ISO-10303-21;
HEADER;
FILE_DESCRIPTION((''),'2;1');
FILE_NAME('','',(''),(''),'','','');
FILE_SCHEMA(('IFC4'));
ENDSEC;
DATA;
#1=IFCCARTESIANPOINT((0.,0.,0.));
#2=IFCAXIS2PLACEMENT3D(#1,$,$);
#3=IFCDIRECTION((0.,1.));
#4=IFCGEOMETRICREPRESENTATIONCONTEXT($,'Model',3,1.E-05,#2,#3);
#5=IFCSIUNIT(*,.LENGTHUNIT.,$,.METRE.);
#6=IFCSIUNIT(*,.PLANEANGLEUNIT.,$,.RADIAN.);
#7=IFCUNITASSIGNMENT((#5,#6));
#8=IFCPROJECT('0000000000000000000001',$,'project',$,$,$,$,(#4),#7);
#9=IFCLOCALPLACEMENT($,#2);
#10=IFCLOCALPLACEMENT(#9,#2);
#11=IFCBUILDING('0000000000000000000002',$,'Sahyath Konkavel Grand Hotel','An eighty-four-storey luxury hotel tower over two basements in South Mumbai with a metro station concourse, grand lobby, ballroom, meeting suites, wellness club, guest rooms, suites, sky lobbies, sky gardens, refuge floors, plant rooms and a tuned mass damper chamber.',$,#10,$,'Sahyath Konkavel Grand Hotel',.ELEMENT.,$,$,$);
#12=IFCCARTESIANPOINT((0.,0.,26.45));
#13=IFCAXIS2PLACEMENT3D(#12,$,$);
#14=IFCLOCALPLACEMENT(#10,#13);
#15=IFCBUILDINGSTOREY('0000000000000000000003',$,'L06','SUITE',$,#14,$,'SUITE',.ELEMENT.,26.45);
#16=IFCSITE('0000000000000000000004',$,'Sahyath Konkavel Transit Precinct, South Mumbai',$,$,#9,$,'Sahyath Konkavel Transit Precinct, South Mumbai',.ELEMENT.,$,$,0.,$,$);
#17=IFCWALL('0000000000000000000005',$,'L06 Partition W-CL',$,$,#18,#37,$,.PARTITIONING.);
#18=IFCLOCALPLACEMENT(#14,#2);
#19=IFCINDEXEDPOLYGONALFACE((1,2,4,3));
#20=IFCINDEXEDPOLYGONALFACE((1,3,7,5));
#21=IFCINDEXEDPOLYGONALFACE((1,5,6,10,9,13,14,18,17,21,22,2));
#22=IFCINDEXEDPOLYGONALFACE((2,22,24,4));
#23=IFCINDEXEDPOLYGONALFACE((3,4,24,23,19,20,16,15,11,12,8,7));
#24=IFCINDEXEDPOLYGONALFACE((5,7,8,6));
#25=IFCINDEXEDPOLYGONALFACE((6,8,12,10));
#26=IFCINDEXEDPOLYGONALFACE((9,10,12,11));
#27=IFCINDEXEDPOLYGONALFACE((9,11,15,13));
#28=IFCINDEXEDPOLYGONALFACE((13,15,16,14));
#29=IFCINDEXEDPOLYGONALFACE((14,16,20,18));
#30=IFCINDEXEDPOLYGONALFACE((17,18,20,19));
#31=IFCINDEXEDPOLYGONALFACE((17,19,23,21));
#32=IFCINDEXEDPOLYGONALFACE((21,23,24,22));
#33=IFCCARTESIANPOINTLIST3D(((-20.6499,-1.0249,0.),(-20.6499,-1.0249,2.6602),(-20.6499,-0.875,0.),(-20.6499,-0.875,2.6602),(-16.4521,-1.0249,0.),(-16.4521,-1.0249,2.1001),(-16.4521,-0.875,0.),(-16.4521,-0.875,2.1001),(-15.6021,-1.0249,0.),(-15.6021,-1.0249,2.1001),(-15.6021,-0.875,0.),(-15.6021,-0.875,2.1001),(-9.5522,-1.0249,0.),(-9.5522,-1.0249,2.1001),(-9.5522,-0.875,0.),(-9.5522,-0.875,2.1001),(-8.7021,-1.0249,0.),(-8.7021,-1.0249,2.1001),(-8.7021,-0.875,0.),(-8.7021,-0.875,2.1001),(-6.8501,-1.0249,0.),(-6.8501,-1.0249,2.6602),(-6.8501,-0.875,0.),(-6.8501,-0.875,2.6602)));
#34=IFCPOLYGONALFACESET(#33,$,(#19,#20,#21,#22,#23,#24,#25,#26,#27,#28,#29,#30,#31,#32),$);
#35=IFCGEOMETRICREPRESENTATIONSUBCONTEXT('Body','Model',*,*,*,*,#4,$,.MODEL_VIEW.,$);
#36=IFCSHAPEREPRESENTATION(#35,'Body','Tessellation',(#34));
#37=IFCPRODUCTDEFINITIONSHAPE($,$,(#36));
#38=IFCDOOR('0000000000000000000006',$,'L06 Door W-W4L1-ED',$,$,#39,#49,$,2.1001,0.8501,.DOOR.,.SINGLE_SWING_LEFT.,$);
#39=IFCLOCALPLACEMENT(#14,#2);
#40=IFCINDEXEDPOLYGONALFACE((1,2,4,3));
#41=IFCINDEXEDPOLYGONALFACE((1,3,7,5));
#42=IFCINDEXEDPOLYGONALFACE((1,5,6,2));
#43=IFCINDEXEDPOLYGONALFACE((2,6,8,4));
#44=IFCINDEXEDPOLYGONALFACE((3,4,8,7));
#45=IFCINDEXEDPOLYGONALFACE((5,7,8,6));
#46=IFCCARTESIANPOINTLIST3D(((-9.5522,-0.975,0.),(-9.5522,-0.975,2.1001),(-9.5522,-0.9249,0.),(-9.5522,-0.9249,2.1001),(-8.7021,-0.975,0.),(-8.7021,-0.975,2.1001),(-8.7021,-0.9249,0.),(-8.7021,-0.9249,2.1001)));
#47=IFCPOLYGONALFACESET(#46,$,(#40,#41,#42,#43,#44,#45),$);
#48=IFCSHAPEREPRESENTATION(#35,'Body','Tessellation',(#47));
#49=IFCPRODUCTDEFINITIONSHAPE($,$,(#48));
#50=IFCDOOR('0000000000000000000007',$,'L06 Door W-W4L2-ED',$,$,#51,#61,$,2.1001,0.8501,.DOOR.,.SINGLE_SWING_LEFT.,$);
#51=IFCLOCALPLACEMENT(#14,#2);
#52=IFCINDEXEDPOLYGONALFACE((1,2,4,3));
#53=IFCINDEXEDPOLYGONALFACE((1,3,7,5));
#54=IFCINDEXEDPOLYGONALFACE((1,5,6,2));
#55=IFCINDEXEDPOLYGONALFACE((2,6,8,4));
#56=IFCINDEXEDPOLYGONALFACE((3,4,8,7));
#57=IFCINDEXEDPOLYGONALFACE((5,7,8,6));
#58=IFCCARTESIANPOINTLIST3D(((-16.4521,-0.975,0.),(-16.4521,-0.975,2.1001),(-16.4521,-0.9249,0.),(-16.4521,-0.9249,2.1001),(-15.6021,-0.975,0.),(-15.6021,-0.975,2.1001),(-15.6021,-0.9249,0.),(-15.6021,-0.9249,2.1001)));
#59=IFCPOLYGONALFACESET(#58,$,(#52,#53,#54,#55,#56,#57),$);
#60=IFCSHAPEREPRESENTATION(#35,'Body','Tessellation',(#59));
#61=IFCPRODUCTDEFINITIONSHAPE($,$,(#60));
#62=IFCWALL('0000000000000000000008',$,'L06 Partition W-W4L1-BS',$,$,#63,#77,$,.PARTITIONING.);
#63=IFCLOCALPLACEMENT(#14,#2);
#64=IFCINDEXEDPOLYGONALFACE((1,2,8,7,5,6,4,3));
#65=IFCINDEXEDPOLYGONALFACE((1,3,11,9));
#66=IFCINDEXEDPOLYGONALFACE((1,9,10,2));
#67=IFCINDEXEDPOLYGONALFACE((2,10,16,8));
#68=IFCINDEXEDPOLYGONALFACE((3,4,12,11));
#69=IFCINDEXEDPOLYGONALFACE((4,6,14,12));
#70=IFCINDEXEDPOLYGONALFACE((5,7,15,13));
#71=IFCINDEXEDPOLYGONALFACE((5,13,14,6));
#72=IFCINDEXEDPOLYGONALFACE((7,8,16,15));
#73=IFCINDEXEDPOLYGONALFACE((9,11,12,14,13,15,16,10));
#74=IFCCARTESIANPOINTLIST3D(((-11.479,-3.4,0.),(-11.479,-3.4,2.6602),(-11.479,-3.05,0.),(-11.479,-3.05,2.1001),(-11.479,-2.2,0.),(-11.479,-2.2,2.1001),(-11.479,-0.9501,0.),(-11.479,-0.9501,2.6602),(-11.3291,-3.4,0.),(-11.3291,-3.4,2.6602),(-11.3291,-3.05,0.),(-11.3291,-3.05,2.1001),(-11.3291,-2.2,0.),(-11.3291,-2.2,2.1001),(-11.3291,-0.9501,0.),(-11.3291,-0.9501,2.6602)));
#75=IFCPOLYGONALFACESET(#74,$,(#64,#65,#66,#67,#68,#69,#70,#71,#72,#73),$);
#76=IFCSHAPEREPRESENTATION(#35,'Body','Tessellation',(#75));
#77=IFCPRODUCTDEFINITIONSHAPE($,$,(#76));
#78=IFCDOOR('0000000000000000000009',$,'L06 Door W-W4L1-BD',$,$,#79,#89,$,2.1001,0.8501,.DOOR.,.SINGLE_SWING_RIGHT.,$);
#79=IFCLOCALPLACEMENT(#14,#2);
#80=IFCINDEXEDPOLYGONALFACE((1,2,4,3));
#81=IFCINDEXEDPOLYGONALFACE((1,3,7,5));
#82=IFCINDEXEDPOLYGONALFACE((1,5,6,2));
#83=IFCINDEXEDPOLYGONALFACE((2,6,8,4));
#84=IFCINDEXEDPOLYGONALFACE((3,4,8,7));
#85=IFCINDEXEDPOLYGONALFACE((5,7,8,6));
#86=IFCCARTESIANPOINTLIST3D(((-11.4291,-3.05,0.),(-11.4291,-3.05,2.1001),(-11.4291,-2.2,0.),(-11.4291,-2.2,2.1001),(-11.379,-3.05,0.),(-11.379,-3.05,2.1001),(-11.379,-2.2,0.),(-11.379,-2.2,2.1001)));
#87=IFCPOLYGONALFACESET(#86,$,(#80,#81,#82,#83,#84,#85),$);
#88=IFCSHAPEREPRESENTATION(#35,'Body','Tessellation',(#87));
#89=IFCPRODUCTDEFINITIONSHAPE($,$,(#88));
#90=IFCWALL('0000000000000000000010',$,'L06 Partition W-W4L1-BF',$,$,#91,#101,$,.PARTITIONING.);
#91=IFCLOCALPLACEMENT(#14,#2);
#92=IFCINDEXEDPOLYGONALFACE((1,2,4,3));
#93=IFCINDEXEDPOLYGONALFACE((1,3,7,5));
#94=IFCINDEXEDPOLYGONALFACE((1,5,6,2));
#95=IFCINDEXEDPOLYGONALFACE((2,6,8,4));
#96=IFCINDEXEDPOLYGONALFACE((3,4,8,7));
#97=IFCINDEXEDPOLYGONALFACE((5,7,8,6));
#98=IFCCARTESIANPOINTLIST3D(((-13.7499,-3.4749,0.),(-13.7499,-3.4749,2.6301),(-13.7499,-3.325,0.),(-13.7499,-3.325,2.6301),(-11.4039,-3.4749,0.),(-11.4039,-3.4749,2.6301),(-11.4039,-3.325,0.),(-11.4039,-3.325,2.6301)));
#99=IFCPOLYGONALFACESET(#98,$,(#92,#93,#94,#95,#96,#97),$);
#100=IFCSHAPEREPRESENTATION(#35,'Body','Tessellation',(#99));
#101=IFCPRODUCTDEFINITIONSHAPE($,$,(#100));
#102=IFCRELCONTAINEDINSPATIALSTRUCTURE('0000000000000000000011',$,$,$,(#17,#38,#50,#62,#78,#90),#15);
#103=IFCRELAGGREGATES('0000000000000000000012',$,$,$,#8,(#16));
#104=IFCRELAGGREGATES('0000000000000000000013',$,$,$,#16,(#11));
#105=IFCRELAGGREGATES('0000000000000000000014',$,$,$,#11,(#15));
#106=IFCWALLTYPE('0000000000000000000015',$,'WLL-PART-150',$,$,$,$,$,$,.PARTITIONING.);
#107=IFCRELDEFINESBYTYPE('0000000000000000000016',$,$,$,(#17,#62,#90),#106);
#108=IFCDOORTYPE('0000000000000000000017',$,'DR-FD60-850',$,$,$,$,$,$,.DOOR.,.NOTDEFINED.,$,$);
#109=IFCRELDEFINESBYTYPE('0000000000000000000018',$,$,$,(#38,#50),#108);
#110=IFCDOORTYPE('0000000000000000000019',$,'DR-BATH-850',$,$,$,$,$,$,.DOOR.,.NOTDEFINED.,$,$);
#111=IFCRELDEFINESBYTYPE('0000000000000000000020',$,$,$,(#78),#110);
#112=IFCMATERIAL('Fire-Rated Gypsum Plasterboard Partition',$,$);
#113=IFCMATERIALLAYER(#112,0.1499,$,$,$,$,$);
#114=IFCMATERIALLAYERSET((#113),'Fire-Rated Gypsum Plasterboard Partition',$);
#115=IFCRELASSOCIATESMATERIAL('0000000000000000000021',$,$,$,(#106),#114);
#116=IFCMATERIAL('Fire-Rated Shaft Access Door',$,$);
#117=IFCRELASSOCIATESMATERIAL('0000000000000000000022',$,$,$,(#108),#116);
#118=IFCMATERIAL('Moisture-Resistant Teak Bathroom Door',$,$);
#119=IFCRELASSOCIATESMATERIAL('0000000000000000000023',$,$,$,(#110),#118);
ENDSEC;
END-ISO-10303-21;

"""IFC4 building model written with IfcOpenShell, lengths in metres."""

from ifc_helpers import new_model, si_unit, direction, frame, frame_2d, origin, origin_2d, place, context, subcontext, project, spatial, rectangle, extrude, source, transform, mapped, material, layer, layer_set, type_object, element, fill, save


model = new_model("IFC4")

# Units and contexts
model_context = context("Model", 3, precision=1e-05, world=origin(), true_north=direction((0.0, 1.0)))
body_context = subcontext(model_context, "Body", "Model", "MODEL_VIEW")
ifc_project = project(units=[si_unit("LENGTHUNIT", "METRE"), si_unit("PLANEANGLEUNIT", "RADIAN")], contexts=[model_context])

# Site, building, storey
site_placement = place(None, origin())
site = spatial("IfcSite", under=ifc_project, at=site_placement, Name="Sahyath Konkavel Transit Precinct, South Mumbai", LongName="Sahyath Konkavel Transit Precinct, South Mumbai", CompositionType="ELEMENT", RefElevation=0.0)
building_placement = place(site_placement, origin())
building = spatial("IfcBuilding", under=site, at=building_placement, Name="Sahyath Konkavel Grand Hotel", Description="An eighty-four-storey luxury hotel tower over two basements in South Mumbai with a metro station concourse, grand lobby, ballroom, meeting suites, wellness club, guest rooms, suites, sky lobbies, sky gardens, refuge floors, plant rooms and a tuned mass damper chamber.", LongName="Sahyath Konkavel Grand Hotel", CompositionType="ELEMENT")
storey_placement = place(building_placement, frame((0.0, 0.0, 26.45)))
storey = spatial("IfcBuildingStorey", under=building, at=storey_placement, Name="L06", Description="SUITE", LongName="SUITE", CompositionType="ELEMENT", Elevation=26.45)

# Wall, openings, doors
ifc_material_1 = material(Name="Fire-Rated Gypsum Plasterboard Partition")
ifc_layer_1 = layer(ifc_material_1, 0.1499)
ifc_layer_set_1 = layer_set([ifc_layer_1], Name="Fire-Rated Gypsum Plasterboard Partition")
wall_type_1 = type_object("IfcWallType", Name="WLL-PART-150", PredefinedType="PARTITIONING", material=ifc_layer_set_1)
wall_1_placement = place(storey_placement, frame((-6.8501, -0.95, 0.0), z_axis=(0.0, 0.0, 1.0), x_axis=(-1.0, 0.0, 0.0)))
wall_1 = element("IfcWall", 1, at=wall_1_placement, inside=storey, type_object=wall_type_1, Name="L06 Partition W-CL", PredefinedType="PARTITIONING", context=body_context, shape_type="SweptSolid", body=[
    extrude(rectangle(XDim=13.7998, YDim=0.1499, at=frame_2d((6.8999, 0.0))), origin(), (0.0, 0.0, 1.0), 2.6602),
])
opening_1_placement = place(wall_1_placement, frame((1.8521, 0.0, 0.0)))
opening_1 = element("IfcOpeningElement", 2, at=opening_1_placement, cuts=wall_1, PredefinedType="OPENING", context=body_context, shape_type="SweptSolid", body=[
    extrude(rectangle(XDim=0.8501, YDim=2.1001, at=frame_2d((0.425, 1.05))), frame((0.0, 0.085, 0.0), z_axis=(0.0, -1.0, 0.0), x_axis=(1.0, 0.0, 0.0)), (0.0, 0.0, 1.0), 0.1699),
])
opening_2_placement = place(wall_1_placement, frame((8.752, 0.0, 0.0)))
opening_2 = element("IfcOpeningElement", 3, at=opening_2_placement, cuts=wall_1, PredefinedType="OPENING", context=body_context, shape_type="SweptSolid", body=[
    extrude(rectangle(XDim=0.8501, YDim=2.1001, at=frame_2d((0.425, 1.05))), frame((0.0, 0.085, 0.0), z_axis=(0.0, -1.0, 0.0), x_axis=(1.0, 0.0, 0.0)), (0.0, 0.0, 1.0), 0.1699),
])
ifc_material_2 = material(Name="Fire-Rated Shaft Access Door")
door_type_1 = type_object("IfcDoorType", Name="DR-FD60-850", OperationType="NOTDEFINED", PredefinedType="DOOR", material=ifc_material_2)
shared_shape_1 = source(origin(), body_context, "Body", "SweptSolid", [
    extrude(rectangle(XDim=0.8501, YDim=0.05, at=origin_2d()), origin(), (0.0, 0.0, 1.0), 2.1001),
])
door_1_placement = place(opening_1_placement, frame((0.425, 0.0, 0.0)))
door_1 = element("IfcDoor", 4, at=door_1_placement, inside=storey, type_object=door_type_1, Name="L06 Door W-W4L1-ED", OperationType="SINGLE_SWING_LEFT", OverallHeight=2.1001, OverallWidth=0.8501, PredefinedType="DOOR", context=body_context, shape_type="MappedRepresentation", body=[
    mapped(shared_shape_1, transform((0.0, 0.0, 0.0), scale=1.0)),
])
fill(opening_1, door_1)
door_2_placement = place(opening_2_placement, frame((0.425, 0.0, 0.0)))
door_2 = element("IfcDoor", 5, at=door_2_placement, inside=storey, type_object=door_type_1, Name="L06 Door W-W4L2-ED", OperationType="SINGLE_SWING_LEFT", OverallHeight=2.1001, OverallWidth=0.8501, PredefinedType="DOOR", context=body_context, shape_type="MappedRepresentation", body=[
    mapped(shared_shape_1, transform((0.0, 0.0, 0.0), scale=1.0)),
])
fill(opening_2, door_2)

# Wall, opening, door
wall_2_placement = place(storey_placement, frame((-11.4041, -0.95, 0.0), z_axis=(0.0, 0.0, 1.0), x_axis=(0.0, -1.0, 0.0)))
wall_2 = element("IfcWall", 6, at=wall_2_placement, inside=storey, type_object=wall_type_1, Name="L06 Partition W-W4L1-BS", PredefinedType="PARTITIONING", context=body_context, shape_type="SweptSolid", body=[
    extrude(rectangle(XDim=2.45, YDim=0.1499, at=frame_2d((1.2251, 0.0))), origin(), (0.0, 0.0, 1.0), 2.6602),
])
opening_3_placement = place(wall_2_placement, frame((1.25, 0.0, 0.0)))
opening_3 = element("IfcOpeningElement", 7, at=opening_3_placement, cuts=wall_2, PredefinedType="OPENING", context=body_context, shape_type="SweptSolid", body=[
    extrude(rectangle(XDim=0.8501, YDim=2.1001, at=frame_2d((0.425, 1.05))), frame((0.0, 0.085, 0.0), z_axis=(0.0, -1.0, 0.0), x_axis=(1.0, 0.0, 0.0)), (0.0, 0.0, 1.0), 0.1699),
])
ifc_material_3 = material(Name="Moisture-Resistant Teak Bathroom Door")
door_type_2 = type_object("IfcDoorType", Name="DR-BATH-850", OperationType="NOTDEFINED", PredefinedType="DOOR", material=ifc_material_3)
door_3_placement = place(opening_3_placement, frame((0.425, 0.0, 0.0)))
door_3 = element("IfcDoor", 8, at=door_3_placement, inside=storey, type_object=door_type_2, Name="L06 Door W-W4L1-BD", OperationType="SINGLE_SWING_RIGHT", OverallHeight=2.1001, OverallWidth=0.8501, PredefinedType="DOOR", context=body_context, shape_type="MappedRepresentation", body=[
    mapped(shared_shape_1, transform((0.0, 0.0, 0.0), scale=1.0)),
])
fill(opening_3, door_3)

# Wall
wall_3_placement = place(storey_placement, frame((-11.4041, -3.3999, 0.0), z_axis=(0.0, 0.0, 1.0), x_axis=(-1.0, 0.0, 0.0)))
element("IfcWall", 9, at=wall_3_placement, inside=storey, type_object=wall_type_1, Name="L06 Partition W-W4L1-BF", PredefinedType="PARTITIONING", context=body_context, shape_type="SweptSolid", body=[
    extrude(rectangle(XDim=2.3459, YDim=0.1499, at=frame_2d((1.1729, 0.0))), origin(), (0.0, 0.0, 1.0), 2.6301),
])

save(model, "model.ifc")
